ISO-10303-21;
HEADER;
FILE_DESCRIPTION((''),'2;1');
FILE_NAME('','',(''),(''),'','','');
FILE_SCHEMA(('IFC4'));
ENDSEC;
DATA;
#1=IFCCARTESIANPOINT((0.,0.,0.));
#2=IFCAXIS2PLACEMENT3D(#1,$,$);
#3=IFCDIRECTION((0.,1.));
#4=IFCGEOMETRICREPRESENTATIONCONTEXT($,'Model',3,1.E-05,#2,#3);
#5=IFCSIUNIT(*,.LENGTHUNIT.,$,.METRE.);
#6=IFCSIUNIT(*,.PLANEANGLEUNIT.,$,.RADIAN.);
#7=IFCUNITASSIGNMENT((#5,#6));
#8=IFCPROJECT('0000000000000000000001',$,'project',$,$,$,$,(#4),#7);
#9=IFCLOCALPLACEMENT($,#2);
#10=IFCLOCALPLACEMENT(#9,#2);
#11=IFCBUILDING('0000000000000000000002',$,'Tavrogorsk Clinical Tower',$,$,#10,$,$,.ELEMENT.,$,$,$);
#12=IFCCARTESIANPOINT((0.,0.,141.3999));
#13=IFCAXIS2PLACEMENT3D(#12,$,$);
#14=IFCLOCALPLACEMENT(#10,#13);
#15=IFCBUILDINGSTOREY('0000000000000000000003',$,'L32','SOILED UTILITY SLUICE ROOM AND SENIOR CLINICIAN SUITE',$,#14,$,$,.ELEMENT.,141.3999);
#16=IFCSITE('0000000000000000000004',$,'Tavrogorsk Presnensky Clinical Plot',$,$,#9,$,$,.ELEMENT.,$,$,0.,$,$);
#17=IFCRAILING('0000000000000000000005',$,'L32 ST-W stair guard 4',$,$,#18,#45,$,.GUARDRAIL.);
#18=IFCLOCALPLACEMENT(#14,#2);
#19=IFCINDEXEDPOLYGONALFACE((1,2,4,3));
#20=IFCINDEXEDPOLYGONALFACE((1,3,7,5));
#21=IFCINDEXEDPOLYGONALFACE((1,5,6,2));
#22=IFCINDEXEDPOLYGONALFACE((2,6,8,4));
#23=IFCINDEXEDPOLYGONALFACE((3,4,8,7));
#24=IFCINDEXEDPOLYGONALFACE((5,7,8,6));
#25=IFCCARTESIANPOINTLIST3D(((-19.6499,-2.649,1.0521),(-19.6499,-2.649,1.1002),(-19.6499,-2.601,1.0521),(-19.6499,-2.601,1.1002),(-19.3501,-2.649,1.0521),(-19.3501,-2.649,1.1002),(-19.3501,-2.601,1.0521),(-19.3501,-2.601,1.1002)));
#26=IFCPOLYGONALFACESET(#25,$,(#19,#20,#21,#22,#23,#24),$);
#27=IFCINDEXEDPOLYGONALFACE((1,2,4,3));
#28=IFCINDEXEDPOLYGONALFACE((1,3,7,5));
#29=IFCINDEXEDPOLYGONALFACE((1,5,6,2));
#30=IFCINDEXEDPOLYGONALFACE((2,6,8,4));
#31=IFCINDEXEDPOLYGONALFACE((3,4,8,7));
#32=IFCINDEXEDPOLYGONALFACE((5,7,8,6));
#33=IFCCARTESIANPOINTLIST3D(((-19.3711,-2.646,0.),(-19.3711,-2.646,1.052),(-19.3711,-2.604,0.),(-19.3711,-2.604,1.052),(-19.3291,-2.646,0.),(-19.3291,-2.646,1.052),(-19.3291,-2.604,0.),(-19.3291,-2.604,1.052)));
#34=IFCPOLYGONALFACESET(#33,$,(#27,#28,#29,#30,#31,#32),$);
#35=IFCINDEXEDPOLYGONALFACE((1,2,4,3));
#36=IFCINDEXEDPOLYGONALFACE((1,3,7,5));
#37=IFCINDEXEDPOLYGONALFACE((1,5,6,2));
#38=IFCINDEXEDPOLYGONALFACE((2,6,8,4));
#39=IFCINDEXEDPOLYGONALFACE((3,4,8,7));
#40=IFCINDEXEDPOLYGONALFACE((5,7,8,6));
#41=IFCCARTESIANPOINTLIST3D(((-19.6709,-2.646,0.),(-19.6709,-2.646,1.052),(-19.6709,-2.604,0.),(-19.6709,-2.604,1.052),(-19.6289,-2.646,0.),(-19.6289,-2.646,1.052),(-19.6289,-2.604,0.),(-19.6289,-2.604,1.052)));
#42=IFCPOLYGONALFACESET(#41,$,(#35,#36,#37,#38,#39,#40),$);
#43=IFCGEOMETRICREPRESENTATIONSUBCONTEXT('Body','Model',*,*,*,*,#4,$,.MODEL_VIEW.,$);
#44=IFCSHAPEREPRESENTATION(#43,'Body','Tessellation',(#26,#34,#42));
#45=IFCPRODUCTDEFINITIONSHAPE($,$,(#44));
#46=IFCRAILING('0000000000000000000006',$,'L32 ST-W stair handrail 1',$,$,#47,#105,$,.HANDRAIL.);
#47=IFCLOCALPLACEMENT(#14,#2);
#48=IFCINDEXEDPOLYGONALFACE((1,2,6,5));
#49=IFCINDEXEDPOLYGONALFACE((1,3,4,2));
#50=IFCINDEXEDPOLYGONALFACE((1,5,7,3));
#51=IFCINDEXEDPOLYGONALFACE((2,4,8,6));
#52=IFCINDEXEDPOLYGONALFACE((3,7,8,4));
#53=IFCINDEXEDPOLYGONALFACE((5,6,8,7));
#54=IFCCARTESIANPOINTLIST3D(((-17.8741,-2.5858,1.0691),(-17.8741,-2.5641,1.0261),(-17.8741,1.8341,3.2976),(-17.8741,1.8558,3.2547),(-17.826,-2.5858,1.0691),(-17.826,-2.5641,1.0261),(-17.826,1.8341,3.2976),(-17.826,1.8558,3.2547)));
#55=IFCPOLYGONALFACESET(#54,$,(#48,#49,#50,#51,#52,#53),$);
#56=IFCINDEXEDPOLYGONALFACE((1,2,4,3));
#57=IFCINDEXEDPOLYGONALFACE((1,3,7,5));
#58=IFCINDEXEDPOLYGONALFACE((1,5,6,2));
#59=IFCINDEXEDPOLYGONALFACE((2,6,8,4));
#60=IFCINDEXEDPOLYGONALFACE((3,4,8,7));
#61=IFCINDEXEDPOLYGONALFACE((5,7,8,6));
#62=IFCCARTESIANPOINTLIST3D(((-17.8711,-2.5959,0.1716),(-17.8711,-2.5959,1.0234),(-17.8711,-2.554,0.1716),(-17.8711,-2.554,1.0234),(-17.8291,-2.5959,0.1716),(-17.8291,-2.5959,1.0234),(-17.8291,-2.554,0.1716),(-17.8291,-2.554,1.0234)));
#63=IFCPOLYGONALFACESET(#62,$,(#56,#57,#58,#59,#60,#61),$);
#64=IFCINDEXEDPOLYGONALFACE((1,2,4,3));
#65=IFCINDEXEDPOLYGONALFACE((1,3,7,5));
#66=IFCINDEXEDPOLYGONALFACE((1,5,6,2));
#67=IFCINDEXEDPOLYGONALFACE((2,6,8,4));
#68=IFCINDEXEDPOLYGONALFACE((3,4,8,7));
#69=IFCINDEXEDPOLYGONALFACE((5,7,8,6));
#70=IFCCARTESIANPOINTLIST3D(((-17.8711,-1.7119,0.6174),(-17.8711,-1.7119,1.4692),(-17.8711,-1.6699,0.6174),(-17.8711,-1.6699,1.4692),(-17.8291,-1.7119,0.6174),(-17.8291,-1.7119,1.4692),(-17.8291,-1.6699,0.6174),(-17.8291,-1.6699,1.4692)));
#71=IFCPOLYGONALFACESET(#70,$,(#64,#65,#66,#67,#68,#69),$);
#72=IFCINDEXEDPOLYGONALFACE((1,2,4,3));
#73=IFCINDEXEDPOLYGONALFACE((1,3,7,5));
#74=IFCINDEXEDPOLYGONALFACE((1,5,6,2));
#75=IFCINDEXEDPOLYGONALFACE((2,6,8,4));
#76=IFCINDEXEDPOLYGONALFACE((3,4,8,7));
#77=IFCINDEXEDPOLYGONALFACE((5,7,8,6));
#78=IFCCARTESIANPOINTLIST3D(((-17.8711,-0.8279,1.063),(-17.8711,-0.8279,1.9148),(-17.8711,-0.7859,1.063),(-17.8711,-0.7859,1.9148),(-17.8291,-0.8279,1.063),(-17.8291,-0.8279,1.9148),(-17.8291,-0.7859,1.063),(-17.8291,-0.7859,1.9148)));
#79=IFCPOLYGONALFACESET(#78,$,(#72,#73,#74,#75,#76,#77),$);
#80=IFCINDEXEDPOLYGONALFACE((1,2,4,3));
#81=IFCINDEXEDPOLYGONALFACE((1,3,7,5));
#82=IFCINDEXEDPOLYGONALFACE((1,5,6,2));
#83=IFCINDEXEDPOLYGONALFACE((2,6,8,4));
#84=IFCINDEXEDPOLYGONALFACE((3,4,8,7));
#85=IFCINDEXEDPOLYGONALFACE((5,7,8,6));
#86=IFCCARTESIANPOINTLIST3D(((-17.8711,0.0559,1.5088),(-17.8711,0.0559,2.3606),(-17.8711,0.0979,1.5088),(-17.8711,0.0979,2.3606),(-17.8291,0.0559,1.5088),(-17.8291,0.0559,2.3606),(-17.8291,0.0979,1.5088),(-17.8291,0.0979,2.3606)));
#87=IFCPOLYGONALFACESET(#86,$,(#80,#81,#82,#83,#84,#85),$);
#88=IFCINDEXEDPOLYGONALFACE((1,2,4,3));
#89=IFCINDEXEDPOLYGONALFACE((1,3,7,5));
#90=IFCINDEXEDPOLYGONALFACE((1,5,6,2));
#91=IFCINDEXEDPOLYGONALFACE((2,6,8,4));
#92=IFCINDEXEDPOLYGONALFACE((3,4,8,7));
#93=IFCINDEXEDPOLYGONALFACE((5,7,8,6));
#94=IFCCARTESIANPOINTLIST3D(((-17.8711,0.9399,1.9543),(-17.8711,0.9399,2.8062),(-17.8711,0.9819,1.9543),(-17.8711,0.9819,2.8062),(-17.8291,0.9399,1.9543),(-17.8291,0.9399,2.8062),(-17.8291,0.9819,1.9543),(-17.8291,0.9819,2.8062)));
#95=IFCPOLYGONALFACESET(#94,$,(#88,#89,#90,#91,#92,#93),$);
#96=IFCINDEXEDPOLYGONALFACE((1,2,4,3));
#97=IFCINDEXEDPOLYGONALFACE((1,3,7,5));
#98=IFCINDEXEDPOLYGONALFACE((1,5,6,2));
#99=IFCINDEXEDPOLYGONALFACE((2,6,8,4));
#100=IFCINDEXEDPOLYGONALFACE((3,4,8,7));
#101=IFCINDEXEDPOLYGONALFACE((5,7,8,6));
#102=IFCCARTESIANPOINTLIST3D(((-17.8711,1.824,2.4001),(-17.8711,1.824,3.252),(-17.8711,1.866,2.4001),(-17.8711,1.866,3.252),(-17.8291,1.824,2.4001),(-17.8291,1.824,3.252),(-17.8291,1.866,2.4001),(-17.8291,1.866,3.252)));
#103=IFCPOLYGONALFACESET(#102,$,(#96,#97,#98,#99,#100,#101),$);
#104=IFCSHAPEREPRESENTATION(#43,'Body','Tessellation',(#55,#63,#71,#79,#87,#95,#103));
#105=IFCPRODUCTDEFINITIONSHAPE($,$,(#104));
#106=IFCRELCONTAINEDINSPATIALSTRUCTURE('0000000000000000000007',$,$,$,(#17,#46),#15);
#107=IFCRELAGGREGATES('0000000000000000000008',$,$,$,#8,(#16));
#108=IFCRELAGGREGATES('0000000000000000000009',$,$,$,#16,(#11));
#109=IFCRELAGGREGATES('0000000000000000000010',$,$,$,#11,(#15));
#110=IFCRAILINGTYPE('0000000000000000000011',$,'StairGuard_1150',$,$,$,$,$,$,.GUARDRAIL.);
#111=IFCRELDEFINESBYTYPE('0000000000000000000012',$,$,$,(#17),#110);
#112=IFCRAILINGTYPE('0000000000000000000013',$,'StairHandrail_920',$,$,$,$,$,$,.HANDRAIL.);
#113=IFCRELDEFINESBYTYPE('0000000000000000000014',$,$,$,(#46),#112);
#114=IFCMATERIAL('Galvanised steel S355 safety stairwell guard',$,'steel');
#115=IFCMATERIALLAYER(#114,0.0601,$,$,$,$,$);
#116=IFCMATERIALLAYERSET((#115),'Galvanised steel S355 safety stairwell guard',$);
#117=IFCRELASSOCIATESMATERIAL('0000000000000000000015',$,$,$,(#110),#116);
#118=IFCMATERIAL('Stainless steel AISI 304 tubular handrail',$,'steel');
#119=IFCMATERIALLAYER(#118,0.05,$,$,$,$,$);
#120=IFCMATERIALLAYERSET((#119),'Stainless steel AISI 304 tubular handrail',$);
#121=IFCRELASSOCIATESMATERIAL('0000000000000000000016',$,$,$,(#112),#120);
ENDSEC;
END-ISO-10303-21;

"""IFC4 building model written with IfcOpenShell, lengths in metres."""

from ifc_helpers import new_model, si_unit, direction, frame, origin, origin_2d, place, context, subcontext, project, spatial, rectangle, extrude, material, layer, layer_set, type_object, element, save


model = new_model("IFC4")

# Units and contexts
model_context = context("Model", 3, precision=1e-05, world=origin(), true_north=direction((0.0, 1.0)))
body_context = subcontext(model_context, "Body", "Model", "MODEL_VIEW")
ifc_project = project(units=[si_unit("LENGTHUNIT", "METRE"), si_unit("PLANEANGLEUNIT", "RADIAN")], contexts=[model_context])

# Site, building, storey
site_placement = place(None, origin())
site = spatial("IfcSite", under=ifc_project, at=site_placement, Name="Tavrogorsk Presnensky Clinical Plot", CompositionType="ELEMENT", RefElevation=0.0)
building_placement = place(site_placement, origin())
building = spatial("IfcBuilding", under=site, at=building_placement, Name="Tavrogorsk Clinical Tower", CompositionType="ELEMENT")
storey_placement = place(building_placement, frame((0.0, 0.0, 141.3999)))
storey = spatial("IfcBuildingStorey", under=building, at=storey_placement, Name="L32", Description="SOILED UTILITY SLUICE ROOM AND SENIOR CLINICIAN SUITE", CompositionType="ELEMENT", Elevation=141.3999)

# Railings
ifc_material_1 = material(Name="Galvanised steel S355 safety stairwell guard", Category="steel")
ifc_layer_1 = layer(ifc_material_1, 0.0601)
ifc_layer_set_1 = layer_set([ifc_layer_1], Name="Galvanised steel S355 safety stairwell guard")
railing_type_1 = type_object("IfcRailingType", Name="StairGuard_1150", PredefinedType="GUARDRAIL", material=ifc_layer_set_1)
railing_1_placement = place(storey_placement, frame((-19.3501, -2.625, 0.0)))
element("IfcRailing", 1, at=railing_1_placement, inside=storey, type_object=railing_type_1, Name="L32 ST-W stair guard 4", PredefinedType="GUARDRAIL", context=body_context, shape_type="SweptSolid", body=[
    extrude(rectangle(XDim=0.0481, YDim=0.0481, at=origin_2d()), frame((0.0, 0.0, 1.0762), z_axis=(-1.0, 0.0, 0.0), x_axis=(0.0, -1.0, 0.0)), (0.0, 0.0, 1.0), 0.2998),
    extrude(rectangle(XDim=0.042, YDim=0.042, at=origin_2d()), origin(), (0.0, 0.0, 1.0), 1.052),
    extrude(rectangle(XDim=0.042, YDim=0.042, at=origin_2d()), frame((-0.2998, 0.0, 0.0)), (0.0, 0.0, 1.0), 1.052),
])
ifc_material_2 = material(Name="Stainless steel AISI 304 tubular handrail", Category="steel")
ifc_layer_2 = layer(ifc_material_2, 0.05)
ifc_layer_set_2 = layer_set([ifc_layer_2], Name="Stainless steel AISI 304 tubular handrail")
railing_type_2 = type_object("IfcRailingType", Name="StairHandrail_920", PredefinedType="HANDRAIL", material=ifc_layer_set_2)
railing_2_placement = place(storey_placement, frame((-17.8501, -2.575, 0.1716)))
element("IfcRailing", 2, at=railing_2_placement, inside=storey, type_object=railing_type_2, Name="L32 ST-W stair handrail 1", PredefinedType="HANDRAIL", context=body_context, shape_type="SweptSolid", body=[
    extrude(rectangle(XDim=0.0481, YDim=0.0481, at=origin_2d()), frame((0.0, 0.0, 0.876), z_axis=(0.0, 0.892923, 0.45021), x_axis=(-1.0, 0.0, 0.0)), (0.0, 0.0, 1.0), 4.95),
    extrude(rectangle(XDim=0.042, YDim=0.042, at=origin_2d()), origin(), (0.0, 0.0, 1.0), 0.8518),
    extrude(rectangle(XDim=0.042, YDim=0.042, at=origin_2d()), frame((0.0, 0.884, 0.4458)), (0.0, 0.0, 1.0), 0.8518),
    extrude(rectangle(XDim=0.042, YDim=0.042, at=origin_2d()), frame((0.0, 1.7681, 0.8914)), (0.0, 0.0, 1.0), 0.8518),
    extrude(rectangle(XDim=0.042, YDim=0.042, at=origin_2d()), frame((0.0, 2.6519, 1.3372)), (0.0, 0.0, 1.0), 0.8518),
    extrude(rectangle(XDim=0.042, YDim=0.042, at=origin_2d()), frame((0.0, 3.5359, 1.7827)), (0.0, 0.0, 1.0), 0.8518),
    extrude(rectangle(XDim=0.042, YDim=0.042, at=origin_2d()), frame((0.0, 4.4199, 2.2285)), (0.0, 0.0, 1.0), 0.8518),
])

save(model, "model.ifc")
